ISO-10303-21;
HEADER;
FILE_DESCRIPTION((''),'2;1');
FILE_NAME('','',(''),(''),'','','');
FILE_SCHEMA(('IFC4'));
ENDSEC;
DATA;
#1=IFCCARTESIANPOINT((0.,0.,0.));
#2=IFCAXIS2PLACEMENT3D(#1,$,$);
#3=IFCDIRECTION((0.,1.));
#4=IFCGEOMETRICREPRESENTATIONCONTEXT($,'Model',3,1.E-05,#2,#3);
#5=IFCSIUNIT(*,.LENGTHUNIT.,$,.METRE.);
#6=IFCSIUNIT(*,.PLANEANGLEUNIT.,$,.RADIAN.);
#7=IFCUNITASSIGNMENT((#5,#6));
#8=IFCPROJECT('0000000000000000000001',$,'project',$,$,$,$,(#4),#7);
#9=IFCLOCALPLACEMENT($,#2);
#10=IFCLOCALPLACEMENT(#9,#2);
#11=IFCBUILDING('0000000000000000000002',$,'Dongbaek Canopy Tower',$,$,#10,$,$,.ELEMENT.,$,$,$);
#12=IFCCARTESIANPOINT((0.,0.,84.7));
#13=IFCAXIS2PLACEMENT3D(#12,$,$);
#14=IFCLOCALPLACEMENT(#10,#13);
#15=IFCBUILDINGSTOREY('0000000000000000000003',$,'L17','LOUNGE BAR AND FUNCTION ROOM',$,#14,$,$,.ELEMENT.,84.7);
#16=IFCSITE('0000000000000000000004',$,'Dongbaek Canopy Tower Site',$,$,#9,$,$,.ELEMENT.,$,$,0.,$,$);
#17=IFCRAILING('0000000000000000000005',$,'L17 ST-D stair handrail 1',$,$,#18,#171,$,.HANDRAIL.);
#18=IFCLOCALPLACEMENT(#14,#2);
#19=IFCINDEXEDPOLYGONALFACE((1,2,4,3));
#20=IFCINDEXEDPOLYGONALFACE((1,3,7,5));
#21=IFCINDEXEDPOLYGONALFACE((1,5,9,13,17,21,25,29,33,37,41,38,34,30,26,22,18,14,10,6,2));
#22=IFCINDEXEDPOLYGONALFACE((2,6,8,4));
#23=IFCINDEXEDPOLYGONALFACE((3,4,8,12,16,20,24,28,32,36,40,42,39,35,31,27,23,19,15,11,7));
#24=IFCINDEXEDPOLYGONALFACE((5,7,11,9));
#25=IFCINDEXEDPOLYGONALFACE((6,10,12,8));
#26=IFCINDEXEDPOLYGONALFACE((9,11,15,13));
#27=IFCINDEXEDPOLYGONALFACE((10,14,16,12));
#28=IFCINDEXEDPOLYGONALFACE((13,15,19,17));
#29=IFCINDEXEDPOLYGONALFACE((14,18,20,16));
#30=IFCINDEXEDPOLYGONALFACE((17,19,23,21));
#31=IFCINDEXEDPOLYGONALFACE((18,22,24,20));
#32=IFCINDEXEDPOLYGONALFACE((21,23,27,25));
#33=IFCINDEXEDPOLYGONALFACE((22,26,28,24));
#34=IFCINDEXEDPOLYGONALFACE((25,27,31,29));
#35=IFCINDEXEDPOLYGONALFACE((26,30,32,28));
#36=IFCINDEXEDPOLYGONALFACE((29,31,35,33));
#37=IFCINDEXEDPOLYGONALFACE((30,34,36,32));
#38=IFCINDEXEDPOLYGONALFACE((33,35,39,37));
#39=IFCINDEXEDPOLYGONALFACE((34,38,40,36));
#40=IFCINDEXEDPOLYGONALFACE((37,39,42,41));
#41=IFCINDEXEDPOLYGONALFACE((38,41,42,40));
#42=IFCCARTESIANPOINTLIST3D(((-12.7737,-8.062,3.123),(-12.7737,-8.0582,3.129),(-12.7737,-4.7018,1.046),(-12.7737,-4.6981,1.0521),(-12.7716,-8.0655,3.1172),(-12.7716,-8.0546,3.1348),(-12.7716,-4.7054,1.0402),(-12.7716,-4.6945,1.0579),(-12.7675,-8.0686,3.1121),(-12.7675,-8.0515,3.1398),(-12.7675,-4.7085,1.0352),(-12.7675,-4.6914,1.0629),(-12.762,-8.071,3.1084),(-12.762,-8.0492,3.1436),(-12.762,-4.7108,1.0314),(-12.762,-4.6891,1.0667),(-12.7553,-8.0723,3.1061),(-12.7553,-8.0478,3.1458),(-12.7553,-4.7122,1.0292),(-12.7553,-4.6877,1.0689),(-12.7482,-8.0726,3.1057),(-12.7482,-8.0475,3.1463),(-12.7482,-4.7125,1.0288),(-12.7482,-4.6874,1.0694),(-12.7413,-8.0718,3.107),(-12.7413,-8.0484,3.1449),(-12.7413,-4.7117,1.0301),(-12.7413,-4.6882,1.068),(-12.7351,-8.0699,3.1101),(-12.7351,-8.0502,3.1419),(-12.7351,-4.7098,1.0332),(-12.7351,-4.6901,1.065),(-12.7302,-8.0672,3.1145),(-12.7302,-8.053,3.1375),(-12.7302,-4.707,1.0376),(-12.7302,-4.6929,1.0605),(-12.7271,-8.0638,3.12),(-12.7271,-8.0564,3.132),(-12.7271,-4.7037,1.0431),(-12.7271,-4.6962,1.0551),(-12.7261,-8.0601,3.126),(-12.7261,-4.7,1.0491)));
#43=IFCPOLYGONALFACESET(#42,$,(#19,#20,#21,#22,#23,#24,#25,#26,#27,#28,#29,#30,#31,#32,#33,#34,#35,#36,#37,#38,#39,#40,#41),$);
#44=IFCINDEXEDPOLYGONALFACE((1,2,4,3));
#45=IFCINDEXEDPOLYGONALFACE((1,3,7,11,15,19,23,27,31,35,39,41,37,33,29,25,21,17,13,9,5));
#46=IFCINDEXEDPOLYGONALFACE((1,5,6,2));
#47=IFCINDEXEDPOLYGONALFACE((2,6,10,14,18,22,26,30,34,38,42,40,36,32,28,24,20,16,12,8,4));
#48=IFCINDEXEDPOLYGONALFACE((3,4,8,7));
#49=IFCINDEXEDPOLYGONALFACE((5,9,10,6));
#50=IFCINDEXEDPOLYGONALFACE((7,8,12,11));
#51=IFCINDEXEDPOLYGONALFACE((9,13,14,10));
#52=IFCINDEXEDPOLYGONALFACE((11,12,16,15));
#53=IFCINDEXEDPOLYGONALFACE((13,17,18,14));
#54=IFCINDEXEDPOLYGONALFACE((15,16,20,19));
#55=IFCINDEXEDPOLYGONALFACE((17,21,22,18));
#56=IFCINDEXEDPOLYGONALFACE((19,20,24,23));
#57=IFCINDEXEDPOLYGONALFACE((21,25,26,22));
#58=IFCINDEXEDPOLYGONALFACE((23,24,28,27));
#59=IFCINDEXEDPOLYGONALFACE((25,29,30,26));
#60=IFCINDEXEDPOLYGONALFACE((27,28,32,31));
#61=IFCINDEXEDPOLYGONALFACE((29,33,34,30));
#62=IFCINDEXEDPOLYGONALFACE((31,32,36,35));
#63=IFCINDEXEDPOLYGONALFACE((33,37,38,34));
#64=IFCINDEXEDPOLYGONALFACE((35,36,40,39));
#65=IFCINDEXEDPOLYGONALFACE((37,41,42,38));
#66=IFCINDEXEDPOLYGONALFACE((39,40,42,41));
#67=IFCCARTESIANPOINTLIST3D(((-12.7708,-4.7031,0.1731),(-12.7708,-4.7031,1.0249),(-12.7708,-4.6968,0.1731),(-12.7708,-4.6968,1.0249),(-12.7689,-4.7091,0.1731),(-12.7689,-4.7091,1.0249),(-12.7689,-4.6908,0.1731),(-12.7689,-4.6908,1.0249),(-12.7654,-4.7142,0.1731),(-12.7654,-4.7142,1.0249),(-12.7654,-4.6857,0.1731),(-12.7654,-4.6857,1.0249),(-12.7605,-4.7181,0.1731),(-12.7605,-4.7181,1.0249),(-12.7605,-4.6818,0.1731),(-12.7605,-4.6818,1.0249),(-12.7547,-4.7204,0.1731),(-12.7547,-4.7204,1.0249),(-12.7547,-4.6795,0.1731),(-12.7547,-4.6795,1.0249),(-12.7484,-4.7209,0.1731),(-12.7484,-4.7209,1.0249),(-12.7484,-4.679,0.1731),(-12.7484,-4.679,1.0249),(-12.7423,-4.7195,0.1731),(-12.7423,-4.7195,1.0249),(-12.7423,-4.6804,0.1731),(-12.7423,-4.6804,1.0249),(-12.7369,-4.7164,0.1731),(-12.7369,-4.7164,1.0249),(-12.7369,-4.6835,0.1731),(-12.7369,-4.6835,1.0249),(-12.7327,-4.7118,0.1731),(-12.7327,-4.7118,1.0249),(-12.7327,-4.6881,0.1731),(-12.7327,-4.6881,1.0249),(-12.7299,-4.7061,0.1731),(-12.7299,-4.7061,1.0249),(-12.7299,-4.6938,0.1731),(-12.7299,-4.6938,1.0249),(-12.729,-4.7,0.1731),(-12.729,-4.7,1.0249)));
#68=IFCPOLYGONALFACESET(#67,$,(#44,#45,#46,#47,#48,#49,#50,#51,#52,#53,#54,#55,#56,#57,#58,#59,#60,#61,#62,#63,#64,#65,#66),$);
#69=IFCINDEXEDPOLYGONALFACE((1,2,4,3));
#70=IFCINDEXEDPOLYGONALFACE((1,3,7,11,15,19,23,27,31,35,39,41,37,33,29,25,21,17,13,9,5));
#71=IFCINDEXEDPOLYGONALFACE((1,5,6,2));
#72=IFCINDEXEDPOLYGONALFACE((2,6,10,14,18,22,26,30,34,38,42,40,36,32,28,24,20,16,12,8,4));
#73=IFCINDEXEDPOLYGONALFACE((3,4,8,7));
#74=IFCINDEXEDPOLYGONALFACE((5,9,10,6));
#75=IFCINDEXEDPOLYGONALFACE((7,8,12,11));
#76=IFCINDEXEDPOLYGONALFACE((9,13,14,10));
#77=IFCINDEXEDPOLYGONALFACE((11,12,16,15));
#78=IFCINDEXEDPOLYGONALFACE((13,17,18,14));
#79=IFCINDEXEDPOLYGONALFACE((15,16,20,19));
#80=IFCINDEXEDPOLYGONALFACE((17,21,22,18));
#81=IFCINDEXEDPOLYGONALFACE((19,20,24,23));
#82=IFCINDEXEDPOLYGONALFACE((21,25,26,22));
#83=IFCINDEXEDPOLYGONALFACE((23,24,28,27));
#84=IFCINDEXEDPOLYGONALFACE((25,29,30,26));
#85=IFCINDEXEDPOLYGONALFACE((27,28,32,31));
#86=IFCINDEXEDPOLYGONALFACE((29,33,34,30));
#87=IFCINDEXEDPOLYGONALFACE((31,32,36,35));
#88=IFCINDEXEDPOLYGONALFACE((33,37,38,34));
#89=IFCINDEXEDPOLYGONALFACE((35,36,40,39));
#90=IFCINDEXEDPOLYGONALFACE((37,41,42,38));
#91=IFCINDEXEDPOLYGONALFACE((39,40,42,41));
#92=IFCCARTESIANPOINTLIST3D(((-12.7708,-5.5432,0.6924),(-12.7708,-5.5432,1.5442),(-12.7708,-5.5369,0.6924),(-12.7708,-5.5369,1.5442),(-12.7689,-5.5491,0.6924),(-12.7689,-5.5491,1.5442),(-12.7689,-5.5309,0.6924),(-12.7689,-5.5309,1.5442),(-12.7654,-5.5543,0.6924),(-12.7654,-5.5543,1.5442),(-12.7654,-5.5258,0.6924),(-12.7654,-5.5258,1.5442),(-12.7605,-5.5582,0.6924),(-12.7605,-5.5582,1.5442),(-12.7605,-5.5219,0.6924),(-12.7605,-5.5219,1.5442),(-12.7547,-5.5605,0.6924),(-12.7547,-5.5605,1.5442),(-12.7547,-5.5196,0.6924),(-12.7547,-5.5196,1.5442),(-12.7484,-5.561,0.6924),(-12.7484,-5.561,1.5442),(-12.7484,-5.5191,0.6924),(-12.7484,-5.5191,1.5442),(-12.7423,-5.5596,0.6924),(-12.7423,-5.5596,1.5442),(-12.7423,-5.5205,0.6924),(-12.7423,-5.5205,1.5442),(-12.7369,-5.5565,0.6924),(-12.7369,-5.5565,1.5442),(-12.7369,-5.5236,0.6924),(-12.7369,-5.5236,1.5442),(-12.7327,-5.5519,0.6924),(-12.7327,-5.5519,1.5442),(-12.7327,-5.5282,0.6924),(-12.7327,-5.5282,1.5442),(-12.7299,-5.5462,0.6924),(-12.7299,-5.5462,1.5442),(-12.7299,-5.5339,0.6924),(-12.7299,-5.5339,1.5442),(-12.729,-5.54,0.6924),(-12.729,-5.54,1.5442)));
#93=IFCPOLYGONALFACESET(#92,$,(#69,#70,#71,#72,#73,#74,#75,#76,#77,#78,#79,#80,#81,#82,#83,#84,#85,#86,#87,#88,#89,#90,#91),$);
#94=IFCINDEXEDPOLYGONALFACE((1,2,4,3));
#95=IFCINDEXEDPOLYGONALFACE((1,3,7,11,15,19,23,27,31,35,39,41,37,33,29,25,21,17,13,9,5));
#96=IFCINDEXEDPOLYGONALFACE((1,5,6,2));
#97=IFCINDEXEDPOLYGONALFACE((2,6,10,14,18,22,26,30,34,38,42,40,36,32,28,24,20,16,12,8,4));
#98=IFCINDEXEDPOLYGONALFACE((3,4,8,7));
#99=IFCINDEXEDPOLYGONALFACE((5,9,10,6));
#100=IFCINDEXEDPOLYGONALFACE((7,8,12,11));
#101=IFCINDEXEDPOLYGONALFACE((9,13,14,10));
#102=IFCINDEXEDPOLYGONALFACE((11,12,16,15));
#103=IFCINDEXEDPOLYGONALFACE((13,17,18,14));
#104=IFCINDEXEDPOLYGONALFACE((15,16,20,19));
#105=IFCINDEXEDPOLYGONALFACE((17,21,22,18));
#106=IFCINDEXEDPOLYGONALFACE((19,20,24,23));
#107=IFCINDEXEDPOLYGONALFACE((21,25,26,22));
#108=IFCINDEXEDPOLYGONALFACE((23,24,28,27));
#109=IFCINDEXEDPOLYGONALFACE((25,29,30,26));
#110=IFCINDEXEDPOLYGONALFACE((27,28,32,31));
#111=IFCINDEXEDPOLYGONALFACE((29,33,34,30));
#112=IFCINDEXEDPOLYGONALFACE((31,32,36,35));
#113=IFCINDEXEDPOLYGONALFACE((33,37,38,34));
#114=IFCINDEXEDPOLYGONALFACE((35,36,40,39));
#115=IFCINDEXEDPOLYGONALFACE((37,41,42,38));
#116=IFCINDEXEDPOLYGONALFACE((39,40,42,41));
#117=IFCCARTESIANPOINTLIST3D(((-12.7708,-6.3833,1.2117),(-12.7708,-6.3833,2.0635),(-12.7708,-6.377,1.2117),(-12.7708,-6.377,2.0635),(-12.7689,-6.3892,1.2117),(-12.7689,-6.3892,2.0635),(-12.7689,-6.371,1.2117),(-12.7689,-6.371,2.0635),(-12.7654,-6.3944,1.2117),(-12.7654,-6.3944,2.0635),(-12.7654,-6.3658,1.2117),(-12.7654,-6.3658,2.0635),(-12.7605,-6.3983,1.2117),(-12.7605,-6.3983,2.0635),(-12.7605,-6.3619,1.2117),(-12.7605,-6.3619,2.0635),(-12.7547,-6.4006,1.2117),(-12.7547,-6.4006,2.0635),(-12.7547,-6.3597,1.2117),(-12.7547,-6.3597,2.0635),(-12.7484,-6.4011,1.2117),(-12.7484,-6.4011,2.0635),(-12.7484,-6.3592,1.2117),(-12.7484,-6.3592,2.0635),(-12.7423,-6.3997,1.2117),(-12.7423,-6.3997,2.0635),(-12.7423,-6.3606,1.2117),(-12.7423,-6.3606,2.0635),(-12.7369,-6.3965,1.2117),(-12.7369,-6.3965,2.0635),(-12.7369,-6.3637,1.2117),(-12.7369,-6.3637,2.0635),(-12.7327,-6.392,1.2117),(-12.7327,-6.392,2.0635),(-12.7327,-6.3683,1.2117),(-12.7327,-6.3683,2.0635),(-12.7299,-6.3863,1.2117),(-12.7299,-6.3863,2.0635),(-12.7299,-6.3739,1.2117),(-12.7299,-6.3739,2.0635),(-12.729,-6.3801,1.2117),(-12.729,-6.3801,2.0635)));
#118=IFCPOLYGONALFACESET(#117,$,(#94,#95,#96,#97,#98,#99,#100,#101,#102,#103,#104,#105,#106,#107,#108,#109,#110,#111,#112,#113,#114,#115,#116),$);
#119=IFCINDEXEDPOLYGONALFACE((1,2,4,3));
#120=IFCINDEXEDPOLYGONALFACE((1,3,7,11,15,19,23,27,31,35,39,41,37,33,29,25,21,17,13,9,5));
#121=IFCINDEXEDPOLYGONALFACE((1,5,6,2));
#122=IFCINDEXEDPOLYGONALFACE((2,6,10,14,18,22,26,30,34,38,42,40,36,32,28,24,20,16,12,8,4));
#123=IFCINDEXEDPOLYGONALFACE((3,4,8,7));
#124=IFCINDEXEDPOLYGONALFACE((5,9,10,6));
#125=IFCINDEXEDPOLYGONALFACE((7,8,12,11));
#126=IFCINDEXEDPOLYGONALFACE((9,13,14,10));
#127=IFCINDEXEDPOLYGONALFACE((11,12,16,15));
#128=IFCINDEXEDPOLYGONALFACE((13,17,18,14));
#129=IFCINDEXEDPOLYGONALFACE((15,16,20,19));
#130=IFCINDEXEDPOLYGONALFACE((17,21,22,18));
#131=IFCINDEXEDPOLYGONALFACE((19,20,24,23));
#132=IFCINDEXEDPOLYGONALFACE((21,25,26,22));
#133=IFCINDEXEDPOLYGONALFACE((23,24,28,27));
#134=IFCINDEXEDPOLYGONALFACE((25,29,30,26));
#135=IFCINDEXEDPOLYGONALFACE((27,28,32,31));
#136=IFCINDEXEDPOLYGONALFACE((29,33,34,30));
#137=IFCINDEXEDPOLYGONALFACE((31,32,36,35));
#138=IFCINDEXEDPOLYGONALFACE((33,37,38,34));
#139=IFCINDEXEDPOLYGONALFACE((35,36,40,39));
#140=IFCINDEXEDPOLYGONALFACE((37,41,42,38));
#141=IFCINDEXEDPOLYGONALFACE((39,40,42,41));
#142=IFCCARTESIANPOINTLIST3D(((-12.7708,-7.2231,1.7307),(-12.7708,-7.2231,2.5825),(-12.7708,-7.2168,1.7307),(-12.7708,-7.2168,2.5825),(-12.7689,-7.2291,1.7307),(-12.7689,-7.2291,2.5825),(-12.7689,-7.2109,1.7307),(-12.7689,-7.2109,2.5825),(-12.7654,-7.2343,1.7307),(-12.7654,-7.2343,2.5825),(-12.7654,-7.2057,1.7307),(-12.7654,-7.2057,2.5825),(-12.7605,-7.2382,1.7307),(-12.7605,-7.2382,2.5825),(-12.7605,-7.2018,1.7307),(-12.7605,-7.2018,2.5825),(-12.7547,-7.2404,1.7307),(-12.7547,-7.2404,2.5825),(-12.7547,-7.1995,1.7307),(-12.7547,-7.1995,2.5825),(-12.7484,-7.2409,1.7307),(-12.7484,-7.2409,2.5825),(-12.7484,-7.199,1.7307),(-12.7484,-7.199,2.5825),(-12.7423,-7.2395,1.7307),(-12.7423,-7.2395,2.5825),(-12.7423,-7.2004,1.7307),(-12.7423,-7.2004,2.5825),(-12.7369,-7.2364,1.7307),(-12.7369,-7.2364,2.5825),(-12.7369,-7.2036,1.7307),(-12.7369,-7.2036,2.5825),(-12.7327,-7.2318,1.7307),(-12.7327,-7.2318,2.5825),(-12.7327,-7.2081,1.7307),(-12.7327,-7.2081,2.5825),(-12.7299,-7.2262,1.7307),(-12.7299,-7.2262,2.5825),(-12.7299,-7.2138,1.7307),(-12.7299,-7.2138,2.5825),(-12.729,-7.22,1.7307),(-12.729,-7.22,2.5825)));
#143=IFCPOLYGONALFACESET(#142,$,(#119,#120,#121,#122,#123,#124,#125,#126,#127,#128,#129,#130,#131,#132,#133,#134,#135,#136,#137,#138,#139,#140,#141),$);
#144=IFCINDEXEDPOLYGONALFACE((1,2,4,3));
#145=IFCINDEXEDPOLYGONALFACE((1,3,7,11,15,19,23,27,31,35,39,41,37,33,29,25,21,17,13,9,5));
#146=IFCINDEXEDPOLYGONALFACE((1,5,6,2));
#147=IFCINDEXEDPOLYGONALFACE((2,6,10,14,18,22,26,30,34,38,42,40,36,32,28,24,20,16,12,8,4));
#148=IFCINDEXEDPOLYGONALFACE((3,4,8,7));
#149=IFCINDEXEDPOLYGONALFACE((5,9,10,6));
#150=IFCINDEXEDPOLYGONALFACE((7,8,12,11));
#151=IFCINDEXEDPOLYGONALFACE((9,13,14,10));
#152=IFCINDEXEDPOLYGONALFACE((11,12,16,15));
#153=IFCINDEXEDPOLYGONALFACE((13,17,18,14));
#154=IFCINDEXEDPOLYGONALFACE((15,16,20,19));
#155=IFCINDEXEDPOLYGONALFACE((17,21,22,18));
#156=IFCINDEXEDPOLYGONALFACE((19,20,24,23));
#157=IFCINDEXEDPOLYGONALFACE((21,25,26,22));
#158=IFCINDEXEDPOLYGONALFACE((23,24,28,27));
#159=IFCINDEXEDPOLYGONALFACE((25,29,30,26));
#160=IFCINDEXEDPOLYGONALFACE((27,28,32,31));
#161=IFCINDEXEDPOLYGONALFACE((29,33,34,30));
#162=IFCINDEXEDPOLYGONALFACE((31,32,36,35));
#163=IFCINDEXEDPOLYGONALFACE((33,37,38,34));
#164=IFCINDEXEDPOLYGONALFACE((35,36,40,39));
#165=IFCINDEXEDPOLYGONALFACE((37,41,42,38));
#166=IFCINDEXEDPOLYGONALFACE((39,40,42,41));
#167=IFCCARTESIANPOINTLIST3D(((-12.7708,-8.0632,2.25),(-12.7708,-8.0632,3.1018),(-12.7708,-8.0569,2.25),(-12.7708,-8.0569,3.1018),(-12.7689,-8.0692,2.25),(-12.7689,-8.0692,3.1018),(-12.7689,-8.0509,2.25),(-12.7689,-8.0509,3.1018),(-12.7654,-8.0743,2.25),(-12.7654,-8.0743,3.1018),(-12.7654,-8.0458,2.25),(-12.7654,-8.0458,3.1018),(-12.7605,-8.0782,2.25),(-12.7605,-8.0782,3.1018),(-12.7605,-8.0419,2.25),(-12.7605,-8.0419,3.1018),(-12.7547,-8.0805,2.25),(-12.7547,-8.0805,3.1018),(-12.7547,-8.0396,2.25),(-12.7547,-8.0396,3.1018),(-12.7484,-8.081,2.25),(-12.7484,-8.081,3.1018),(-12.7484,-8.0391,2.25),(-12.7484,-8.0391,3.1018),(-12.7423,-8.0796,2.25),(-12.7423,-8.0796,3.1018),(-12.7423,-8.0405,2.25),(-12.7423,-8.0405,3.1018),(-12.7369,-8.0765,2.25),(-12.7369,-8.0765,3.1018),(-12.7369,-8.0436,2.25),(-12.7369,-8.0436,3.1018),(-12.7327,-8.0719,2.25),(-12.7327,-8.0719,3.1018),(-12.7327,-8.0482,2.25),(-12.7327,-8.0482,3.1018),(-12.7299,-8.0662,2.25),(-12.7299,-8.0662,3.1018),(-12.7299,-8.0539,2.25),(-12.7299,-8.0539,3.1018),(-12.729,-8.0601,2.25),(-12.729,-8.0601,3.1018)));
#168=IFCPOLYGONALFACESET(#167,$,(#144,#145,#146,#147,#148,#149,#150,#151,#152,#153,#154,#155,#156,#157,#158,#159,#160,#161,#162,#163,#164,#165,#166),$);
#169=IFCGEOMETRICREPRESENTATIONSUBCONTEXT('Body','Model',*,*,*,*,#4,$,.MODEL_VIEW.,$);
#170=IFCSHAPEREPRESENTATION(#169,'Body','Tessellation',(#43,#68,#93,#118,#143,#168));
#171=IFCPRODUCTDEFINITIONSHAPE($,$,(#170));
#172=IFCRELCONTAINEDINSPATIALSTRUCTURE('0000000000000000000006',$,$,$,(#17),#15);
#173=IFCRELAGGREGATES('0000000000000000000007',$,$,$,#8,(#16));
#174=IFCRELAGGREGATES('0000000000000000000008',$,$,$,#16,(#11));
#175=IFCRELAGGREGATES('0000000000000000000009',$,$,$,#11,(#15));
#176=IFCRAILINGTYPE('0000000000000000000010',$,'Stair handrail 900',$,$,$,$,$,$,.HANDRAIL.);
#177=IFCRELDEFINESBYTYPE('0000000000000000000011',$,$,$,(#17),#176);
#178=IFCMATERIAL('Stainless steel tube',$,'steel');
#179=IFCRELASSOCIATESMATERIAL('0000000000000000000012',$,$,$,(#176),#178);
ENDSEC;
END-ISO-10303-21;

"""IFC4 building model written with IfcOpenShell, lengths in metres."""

from ifc_helpers import new_model, si_unit, direction, frame, origin, origin_2d, place, context, subcontext, project, spatial, circle, extrude, material, type_object, element, save


model = new_model("IFC4")

# Units and contexts
model_context = context("Model", 3, precision=1e-05, world=origin(), true_north=direction((0.0, 1.0)))
body_context = subcontext(model_context, "Body", "Model", "MODEL_VIEW")
ifc_project = project(units=[si_unit("LENGTHUNIT", "METRE"), si_unit("PLANEANGLEUNIT", "RADIAN")], contexts=[model_context])

# Site, building, storey
site_placement = place(None, origin())
site = spatial("IfcSite", under=ifc_project, at=site_placement, Name="Dongbaek Canopy Tower Site", CompositionType="ELEMENT", RefElevation=0.0)
building_placement = place(site_placement, origin())
building = spatial("IfcBuilding", under=site, at=building_placement, Name="Dongbaek Canopy Tower", CompositionType="ELEMENT")
storey_placement = place(building_placement, frame((0.0, 0.0, 84.7)))
storey = spatial("IfcBuildingStorey", under=building, at=storey_placement, Name="L17", Description="LOUNGE BAR AND FUNCTION ROOM", CompositionType="ELEMENT", Elevation=84.7)

# Railing
ifc_material_1 = material(Name="Stainless steel tube", Category="steel")
railing_type_1 = type_object("IfcRailingType", Name="Stair handrail 900", PredefinedType="HANDRAIL", material=ifc_material_1)
railing_1_placement = place(storey_placement, frame((-12.75, -4.7, 0.1731)))
element("IfcRailing", 1, at=railing_1_placement, inside=storey, type_object=railing_type_1, Name="L17 ST-D stair handrail 1", PredefinedType="HANDRAIL", context=body_context, shape_type="SweptSolid", body=[
    extrude(circle(Radius=0.0239, at=origin_2d()), frame((0.0, 0.0, 0.876), z_axis=(0.0, -0.850623, 0.525776), x_axis=(1.0, 0.0, 0.0)), (0.0, 0.0, 1.0), 3.9502),
    extrude(circle(Radius=0.021, at=origin_2d()), origin(), (0.0, 0.0, 1.0), 0.8518),
    extrude(circle(Radius=0.021, at=origin_2d()), frame((0.0, -0.8401, 0.5193)), (0.0, 0.0, 1.0), 0.8518),
    extrude(circle(Radius=0.021, at=origin_2d()), frame((0.0, -1.6802, 1.0386)), (0.0, 0.0, 1.0), 0.8518),
    extrude(circle(Radius=0.021, at=origin_2d()), frame((0.0, -2.52, 1.5576)), (0.0, 0.0, 1.0), 0.8518),
    extrude(circle(Radius=0.021, at=origin_2d()), frame((0.0, -3.3601, 2.0769)), (0.0, 0.0, 1.0), 0.8518),
])

save(model, "model.ifc")
